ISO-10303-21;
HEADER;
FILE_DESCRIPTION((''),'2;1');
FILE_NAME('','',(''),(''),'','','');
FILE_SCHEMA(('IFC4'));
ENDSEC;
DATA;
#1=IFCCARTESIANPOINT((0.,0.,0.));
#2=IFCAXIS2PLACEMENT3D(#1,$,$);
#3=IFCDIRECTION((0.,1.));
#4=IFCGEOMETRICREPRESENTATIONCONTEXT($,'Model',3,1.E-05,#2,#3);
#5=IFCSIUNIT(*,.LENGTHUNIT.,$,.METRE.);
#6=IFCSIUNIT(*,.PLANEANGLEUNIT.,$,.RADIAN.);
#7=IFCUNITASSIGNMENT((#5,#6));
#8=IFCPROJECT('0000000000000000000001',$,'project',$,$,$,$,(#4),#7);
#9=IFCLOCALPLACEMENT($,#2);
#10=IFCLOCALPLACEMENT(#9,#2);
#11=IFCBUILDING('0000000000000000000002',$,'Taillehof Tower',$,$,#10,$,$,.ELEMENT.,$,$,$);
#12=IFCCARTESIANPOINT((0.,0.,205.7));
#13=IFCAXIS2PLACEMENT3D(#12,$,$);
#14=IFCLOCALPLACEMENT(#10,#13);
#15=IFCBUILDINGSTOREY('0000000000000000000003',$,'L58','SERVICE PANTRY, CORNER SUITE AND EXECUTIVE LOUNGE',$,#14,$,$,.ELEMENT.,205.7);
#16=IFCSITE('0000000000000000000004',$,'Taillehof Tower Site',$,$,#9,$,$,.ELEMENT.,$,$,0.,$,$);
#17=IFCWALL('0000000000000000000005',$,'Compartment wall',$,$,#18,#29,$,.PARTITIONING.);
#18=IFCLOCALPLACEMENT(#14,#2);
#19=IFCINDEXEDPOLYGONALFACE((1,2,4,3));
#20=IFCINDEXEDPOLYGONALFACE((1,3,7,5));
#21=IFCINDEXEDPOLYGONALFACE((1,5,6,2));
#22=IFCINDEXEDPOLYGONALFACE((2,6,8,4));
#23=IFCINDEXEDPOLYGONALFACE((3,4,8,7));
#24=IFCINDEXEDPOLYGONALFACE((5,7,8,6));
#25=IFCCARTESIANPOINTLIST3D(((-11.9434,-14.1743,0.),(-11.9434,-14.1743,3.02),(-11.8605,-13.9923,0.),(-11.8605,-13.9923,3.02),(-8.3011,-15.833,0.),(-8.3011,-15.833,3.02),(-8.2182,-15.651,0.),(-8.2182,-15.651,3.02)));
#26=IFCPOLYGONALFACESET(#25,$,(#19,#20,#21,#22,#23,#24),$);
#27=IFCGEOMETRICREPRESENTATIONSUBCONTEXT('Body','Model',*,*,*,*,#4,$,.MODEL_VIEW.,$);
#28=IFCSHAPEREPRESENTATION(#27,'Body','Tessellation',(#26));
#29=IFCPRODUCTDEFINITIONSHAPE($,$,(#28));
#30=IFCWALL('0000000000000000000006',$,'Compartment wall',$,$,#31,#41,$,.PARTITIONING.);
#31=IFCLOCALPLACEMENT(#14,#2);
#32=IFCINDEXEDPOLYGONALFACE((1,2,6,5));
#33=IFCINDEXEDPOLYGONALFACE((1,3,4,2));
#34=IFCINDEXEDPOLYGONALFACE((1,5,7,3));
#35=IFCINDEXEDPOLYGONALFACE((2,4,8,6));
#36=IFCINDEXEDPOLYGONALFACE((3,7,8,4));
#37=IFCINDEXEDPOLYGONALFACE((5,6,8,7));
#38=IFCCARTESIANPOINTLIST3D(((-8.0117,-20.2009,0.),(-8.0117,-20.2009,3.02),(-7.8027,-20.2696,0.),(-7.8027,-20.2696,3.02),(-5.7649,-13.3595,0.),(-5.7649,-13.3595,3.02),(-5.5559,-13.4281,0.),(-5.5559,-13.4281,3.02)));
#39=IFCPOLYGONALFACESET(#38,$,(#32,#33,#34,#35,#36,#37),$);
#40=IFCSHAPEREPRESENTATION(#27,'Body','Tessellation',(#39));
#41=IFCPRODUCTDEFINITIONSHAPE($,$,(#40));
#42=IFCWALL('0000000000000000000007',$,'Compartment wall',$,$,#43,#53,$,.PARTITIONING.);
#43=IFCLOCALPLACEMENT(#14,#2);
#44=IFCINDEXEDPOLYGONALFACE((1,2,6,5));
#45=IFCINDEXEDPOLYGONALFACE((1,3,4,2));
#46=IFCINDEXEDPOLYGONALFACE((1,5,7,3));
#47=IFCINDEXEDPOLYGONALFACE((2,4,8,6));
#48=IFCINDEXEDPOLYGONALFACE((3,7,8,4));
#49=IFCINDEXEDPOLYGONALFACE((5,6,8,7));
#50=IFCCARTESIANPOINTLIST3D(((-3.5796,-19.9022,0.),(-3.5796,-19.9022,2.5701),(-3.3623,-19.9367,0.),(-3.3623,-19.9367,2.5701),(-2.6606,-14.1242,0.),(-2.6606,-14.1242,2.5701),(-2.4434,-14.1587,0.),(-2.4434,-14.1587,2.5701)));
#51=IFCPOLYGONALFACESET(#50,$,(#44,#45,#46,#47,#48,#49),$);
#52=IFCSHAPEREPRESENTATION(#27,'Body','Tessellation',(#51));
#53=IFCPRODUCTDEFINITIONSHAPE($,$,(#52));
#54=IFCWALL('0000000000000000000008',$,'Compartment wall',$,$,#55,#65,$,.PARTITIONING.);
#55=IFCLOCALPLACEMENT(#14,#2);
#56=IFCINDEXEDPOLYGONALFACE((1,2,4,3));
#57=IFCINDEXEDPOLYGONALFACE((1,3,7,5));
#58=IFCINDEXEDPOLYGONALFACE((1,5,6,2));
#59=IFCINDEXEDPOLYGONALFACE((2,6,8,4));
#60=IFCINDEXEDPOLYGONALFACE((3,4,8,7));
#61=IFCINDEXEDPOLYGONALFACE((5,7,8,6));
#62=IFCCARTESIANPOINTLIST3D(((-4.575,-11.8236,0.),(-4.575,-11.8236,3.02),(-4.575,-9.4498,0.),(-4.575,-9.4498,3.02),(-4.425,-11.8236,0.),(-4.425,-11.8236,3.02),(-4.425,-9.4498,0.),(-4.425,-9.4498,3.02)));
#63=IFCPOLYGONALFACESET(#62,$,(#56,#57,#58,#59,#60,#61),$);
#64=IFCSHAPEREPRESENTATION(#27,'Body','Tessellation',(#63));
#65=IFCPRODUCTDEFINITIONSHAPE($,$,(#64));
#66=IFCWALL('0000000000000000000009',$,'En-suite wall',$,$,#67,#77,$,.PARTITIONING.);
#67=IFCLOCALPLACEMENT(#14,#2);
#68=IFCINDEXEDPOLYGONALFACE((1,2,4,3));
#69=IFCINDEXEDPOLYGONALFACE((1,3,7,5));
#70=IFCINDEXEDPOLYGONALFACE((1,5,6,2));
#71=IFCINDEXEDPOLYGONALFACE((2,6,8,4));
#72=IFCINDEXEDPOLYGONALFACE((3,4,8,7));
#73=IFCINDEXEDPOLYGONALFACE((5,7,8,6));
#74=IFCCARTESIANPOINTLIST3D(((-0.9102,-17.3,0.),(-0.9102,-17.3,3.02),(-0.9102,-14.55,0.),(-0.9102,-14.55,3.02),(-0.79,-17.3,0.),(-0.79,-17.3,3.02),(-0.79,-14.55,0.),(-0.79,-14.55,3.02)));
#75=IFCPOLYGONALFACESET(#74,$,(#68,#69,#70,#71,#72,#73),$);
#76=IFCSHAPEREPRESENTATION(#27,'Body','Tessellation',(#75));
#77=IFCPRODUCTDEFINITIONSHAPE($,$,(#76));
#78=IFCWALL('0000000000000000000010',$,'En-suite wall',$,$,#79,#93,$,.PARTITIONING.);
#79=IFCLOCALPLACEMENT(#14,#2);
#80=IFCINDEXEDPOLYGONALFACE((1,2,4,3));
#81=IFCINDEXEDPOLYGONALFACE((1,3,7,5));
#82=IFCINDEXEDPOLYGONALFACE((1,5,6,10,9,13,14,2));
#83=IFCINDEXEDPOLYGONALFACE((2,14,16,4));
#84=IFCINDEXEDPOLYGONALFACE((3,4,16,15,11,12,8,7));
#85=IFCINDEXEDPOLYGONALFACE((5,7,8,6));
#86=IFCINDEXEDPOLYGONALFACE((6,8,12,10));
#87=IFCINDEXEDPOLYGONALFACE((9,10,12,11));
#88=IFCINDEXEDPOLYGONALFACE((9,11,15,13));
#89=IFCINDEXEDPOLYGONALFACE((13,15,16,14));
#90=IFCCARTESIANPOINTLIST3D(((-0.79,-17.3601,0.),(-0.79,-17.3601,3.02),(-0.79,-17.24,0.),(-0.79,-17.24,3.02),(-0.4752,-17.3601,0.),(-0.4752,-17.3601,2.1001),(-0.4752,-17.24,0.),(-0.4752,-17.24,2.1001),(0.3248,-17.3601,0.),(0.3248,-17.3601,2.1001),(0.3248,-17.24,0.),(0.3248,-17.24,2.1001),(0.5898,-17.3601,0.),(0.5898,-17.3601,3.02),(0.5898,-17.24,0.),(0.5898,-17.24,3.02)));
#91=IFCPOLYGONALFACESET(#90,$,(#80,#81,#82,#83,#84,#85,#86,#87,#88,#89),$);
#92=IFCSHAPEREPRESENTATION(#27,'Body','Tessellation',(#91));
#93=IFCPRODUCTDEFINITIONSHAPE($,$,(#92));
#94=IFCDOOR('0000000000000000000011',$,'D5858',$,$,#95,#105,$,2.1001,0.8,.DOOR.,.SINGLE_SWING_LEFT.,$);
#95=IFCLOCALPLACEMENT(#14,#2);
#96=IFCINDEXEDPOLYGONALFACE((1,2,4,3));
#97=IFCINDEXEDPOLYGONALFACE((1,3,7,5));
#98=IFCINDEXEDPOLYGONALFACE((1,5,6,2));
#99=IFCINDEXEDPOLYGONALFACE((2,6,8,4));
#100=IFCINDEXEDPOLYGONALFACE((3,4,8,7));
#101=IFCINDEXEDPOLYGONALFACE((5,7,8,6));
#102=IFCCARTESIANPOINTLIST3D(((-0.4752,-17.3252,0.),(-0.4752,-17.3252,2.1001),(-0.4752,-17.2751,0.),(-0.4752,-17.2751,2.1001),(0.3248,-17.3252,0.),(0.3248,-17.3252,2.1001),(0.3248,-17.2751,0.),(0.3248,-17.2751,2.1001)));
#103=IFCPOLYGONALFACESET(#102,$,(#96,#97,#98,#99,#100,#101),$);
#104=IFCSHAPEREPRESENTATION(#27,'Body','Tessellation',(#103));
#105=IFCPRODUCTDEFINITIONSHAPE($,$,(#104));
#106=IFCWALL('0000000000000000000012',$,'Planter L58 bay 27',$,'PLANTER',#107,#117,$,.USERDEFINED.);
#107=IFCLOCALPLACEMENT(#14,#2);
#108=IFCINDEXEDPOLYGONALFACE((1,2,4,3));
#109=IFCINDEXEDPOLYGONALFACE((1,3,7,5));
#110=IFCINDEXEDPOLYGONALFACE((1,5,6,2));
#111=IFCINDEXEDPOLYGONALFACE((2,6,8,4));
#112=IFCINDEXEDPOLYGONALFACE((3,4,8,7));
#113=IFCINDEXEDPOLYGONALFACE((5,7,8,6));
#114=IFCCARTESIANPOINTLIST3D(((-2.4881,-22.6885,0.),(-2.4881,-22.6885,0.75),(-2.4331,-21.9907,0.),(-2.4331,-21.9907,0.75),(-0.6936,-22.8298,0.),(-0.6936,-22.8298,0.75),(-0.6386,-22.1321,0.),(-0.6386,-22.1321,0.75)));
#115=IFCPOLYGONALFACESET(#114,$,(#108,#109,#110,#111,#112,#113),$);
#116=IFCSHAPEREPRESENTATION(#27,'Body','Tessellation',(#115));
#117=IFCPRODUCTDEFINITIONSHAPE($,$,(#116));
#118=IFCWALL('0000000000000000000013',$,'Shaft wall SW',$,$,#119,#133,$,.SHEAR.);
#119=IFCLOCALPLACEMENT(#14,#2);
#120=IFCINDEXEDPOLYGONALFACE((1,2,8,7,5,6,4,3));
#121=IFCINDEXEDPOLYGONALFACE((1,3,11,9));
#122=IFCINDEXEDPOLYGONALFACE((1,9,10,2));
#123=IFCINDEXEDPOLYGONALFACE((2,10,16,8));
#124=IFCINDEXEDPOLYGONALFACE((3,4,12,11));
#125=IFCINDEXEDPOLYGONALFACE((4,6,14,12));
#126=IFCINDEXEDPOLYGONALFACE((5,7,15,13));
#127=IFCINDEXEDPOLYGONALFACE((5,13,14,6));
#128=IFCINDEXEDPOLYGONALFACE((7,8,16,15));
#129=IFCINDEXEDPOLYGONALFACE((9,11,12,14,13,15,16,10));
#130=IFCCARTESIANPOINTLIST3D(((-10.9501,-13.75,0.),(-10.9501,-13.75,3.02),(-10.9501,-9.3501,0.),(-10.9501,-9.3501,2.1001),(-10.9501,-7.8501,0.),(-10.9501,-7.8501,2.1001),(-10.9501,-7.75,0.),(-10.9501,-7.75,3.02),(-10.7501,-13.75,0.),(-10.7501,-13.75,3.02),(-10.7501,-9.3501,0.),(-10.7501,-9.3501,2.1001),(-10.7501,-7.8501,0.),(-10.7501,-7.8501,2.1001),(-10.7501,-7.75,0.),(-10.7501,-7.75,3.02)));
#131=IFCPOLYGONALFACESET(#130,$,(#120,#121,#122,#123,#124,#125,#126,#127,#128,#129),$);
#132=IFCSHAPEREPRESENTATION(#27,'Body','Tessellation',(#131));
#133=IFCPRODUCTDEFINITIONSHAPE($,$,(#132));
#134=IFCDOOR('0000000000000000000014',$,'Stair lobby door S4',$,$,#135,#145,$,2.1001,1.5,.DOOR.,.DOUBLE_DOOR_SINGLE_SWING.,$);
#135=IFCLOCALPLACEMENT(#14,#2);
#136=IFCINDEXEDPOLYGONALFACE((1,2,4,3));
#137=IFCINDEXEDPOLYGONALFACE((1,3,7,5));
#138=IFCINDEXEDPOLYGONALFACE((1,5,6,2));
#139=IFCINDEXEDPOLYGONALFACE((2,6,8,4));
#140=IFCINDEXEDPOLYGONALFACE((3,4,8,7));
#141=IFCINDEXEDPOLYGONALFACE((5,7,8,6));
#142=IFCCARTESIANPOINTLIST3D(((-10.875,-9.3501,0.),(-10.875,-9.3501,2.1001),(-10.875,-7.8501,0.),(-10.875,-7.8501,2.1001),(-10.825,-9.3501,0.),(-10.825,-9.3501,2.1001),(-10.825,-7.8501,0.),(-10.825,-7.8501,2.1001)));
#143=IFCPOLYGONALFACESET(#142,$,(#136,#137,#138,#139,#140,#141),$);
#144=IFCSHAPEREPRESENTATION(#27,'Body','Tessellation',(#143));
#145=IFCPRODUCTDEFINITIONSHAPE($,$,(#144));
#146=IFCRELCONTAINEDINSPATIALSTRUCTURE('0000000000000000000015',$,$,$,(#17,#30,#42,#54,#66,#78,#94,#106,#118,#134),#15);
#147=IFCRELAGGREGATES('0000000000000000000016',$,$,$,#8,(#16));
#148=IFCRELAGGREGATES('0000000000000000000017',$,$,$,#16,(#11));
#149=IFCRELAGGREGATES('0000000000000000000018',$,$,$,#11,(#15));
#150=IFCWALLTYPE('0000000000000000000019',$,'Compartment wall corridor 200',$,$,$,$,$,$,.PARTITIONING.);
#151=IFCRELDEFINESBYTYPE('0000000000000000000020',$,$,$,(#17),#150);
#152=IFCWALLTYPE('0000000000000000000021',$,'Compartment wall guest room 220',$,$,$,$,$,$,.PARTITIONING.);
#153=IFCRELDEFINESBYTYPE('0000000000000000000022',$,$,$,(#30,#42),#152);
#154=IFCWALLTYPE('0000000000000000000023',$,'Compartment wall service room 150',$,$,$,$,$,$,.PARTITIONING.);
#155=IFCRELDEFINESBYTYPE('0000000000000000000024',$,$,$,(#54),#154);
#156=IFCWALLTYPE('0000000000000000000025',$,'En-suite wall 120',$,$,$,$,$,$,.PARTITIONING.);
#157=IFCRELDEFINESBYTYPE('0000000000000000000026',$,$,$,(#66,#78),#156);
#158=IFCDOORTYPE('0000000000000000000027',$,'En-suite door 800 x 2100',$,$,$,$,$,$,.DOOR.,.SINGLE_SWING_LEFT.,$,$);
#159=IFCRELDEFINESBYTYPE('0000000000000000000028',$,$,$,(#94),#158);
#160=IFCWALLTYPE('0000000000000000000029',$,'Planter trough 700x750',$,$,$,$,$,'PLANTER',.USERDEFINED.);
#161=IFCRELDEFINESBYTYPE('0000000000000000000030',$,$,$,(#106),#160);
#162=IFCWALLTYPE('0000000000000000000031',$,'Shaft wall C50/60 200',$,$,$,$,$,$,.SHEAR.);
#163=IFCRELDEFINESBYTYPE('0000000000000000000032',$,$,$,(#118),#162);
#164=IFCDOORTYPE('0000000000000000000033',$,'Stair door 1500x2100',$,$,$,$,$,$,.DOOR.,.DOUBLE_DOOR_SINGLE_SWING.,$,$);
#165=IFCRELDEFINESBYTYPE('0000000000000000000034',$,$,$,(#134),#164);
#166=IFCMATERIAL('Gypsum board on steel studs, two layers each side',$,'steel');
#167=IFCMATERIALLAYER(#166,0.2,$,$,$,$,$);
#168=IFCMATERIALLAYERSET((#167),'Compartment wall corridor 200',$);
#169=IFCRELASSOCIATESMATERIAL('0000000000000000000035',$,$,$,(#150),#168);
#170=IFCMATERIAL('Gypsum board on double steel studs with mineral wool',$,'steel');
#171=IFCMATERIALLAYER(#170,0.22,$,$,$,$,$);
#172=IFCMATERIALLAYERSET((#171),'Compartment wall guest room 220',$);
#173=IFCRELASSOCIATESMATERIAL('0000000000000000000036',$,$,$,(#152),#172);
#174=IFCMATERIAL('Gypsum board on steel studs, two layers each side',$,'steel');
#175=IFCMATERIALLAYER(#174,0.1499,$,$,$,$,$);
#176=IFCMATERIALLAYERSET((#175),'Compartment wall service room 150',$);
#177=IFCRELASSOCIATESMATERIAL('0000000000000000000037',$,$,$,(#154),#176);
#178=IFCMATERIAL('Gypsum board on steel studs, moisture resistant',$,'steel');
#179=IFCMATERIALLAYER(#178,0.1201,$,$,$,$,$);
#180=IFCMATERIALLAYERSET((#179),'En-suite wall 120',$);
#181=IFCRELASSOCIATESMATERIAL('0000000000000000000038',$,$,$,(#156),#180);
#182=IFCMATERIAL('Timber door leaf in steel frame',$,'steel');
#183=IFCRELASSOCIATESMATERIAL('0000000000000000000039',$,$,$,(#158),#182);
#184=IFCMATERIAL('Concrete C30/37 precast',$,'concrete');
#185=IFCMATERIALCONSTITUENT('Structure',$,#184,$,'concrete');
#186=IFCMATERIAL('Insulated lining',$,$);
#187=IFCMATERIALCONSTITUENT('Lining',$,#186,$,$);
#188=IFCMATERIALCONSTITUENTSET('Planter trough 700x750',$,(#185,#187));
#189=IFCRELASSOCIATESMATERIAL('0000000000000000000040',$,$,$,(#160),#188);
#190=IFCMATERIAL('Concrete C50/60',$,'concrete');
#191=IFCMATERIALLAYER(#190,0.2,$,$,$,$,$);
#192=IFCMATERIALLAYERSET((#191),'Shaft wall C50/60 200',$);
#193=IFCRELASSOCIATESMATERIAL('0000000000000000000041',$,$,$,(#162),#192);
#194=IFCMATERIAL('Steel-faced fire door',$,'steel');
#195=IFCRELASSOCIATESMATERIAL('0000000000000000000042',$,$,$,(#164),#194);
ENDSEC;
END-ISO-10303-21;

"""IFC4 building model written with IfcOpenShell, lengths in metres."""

from ifc_helpers import new_model, si_unit, direction, frame, frame_2d, origin, place, context, subcontext, project, spatial, rectangle, extrude, material, layer, layer_set, constituent, constituent_set, type_object, element, fill, save


model = new_model("IFC4")

# Units and contexts
model_context = context("Model", 3, precision=1e-05, world=origin(), true_north=direction((0.0, 1.0)))
body_context = subcontext(model_context, "Body", "Model", "MODEL_VIEW")
ifc_project = project(units=[si_unit("LENGTHUNIT", "METRE"), si_unit("PLANEANGLEUNIT", "RADIAN")], contexts=[model_context])

# Site, building, storey
site_placement = place(None, origin())
site = spatial("IfcSite", under=ifc_project, at=site_placement, Name="Taillehof Tower Site", CompositionType="ELEMENT", RefElevation=0.0)
building_placement = place(site_placement, origin())
building = spatial("IfcBuilding", under=site, at=building_placement, Name="Taillehof Tower", CompositionType="ELEMENT")
storey_placement = place(building_placement, frame((0.0, 0.0, 205.7)))
storey = spatial("IfcBuildingStorey", under=building, at=storey_placement, Name="L58", Description="SERVICE PANTRY, CORNER SUITE AND EXECUTIVE LOUNGE", CompositionType="ELEMENT", Elevation=205.7)

# Walls
ifc_material_1 = material(Name="Gypsum board on steel studs, two layers each side", Category="steel")
ifc_layer_1 = layer(ifc_material_1, 0.2)
ifc_layer_set_1 = layer_set([ifc_layer_1], Name="Compartment wall corridor 200")
wall_type_1 = type_object("IfcWallType", Name="Compartment wall corridor 200", PredefinedType="PARTITIONING", material=ifc_layer_set_1)
wall_1_placement = place(storey_placement, frame((-8.2598, -15.7419, 0.0), z_axis=(0.0, 0.0, 1.0), x_axis=(-0.910076, 0.414442, 0.0)))
element("IfcWall", 1, at=wall_1_placement, inside=storey, type_object=wall_type_1, Name="Compartment wall", PredefinedType="PARTITIONING", context=body_context, shape_type="SweptSolid", body=[
    extrude(rectangle(XDim=4.0022, YDim=0.2, at=frame_2d((2.001, 0.0))), origin(), (0.0, 0.0, 1.0), 3.02),
])
ifc_material_2 = material(Name="Gypsum board on double steel studs with mineral wool", Category="steel")
ifc_layer_2 = layer(ifc_material_2, 0.22)
ifc_layer_set_2 = layer_set([ifc_layer_2], Name="Compartment wall guest room 220")
wall_type_2 = type_object("IfcWallType", Name="Compartment wall guest room 220", PredefinedType="PARTITIONING", material=ifc_layer_set_2)
wall_2_placement = place(storey_placement, frame((-7.9072, -20.2354, 0.0), z_axis=(0.0, 0.0, 1.0), x_axis=(0.312014, 0.950078, 0.0)))
element("IfcWall", 2, at=wall_2_placement, inside=storey, type_object=wall_type_2, Name="Compartment wall", PredefinedType="PARTITIONING", context=body_context, shape_type="SweptSolid", body=[
    extrude(rectangle(XDim=7.2009, YDim=0.22, at=frame_2d((3.6006, 0.0))), origin(), (0.0, 0.0, 1.0), 3.02),
])
wall_3_placement = place(storey_placement, frame((-3.4709, -19.9194, 0.0), z_axis=(0.0, 0.0, 1.0), x_axis=(0.157066, 0.987588, 0.0)))
element("IfcWall", 3, at=wall_3_placement, inside=storey, type_object=wall_type_2, Name="Compartment wall", PredefinedType="PARTITIONING", context=body_context, shape_type="SweptSolid", body=[
    extrude(rectangle(XDim=5.8506, YDim=0.22, at=frame_2d((2.9253, 0.0))), origin(), (0.0, 0.0, 1.0), 2.5701),
])
ifc_material_3 = material(Name="Gypsum board on steel studs, two layers each side", Category="steel")
ifc_layer_3 = layer(ifc_material_3, 0.1499)
ifc_layer_set_3 = layer_set([ifc_layer_3], Name="Compartment wall service room 150")
wall_type_3 = type_object("IfcWallType", Name="Compartment wall service room 150", PredefinedType="PARTITIONING", material=ifc_layer_set_3)
wall_4_placement = place(storey_placement, frame((-4.5, -11.8237, 0.0), z_axis=(0.0, 0.0, 1.0), x_axis=(0.0, 1.0, 0.0)))
element("IfcWall", 4, at=wall_4_placement, inside=storey, type_object=wall_type_3, Name="Compartment wall", PredefinedType="PARTITIONING", context=body_context, shape_type="SweptSolid", body=[
    extrude(rectangle(XDim=2.3738, YDim=0.1499, at=frame_2d((1.187, 0.0))), origin(), (0.0, 0.0, 1.0), 3.02),
])
ifc_material_4 = material(Name="Gypsum board on steel studs, moisture resistant", Category="steel")
ifc_layer_4 = layer(ifc_material_4, 0.1201)
ifc_layer_set_4 = layer_set([ifc_layer_4], Name="En-suite wall 120")
wall_type_4 = type_object("IfcWallType", Name="En-suite wall 120", PredefinedType="PARTITIONING", material=ifc_layer_set_4)
wall_5_placement = place(storey_placement, frame((-0.8501, -14.55, 0.0), z_axis=(0.0, 0.0, 1.0), x_axis=(0.0, -1.0, 0.0)))
element("IfcWall", 5, at=wall_5_placement, inside=storey, type_object=wall_type_4, Name="En-suite wall", PredefinedType="PARTITIONING", context=body_context, shape_type="SweptSolid", body=[
    extrude(rectangle(XDim=2.75, YDim=0.1201, at=frame_2d((1.375, 0.0))), origin(), (0.0, 0.0, 1.0), 3.02),
])

# Wall, opening, door
wall_6_placement = place(storey_placement, frame((-0.79, -17.3, 0.0), z_axis=(0.0, 0.0, 1.0), x_axis=(1.0, 0.0, 0.0)))
wall_6 = element("IfcWall", 6, at=wall_6_placement, inside=storey, type_object=wall_type_4, Name="En-suite wall", PredefinedType="PARTITIONING", context=body_context, shape_type="SweptSolid", body=[
    extrude(rectangle(XDim=1.3799, YDim=0.1201, at=frame_2d((0.6899, 0.0))), origin(), (0.0, 0.0, 1.0), 3.02),
])
opening_1_placement = place(wall_6_placement, frame((0.3149, 0.0, 0.0)))
opening_1 = element("IfcOpeningElement", 7, at=opening_1_placement, cuts=wall_6, PredefinedType="OPENING", context=body_context, shape_type="SweptSolid", body=[
    extrude(rectangle(XDim=0.8, YDim=2.1001, at=frame_2d((0.3999, 1.05))), frame((0.0, 0.0701, 0.0), z_axis=(0.0, -1.0, 0.0), x_axis=(1.0, 0.0, 0.0)), (0.0, 0.0, 1.0), 0.1401),
])
ifc_material_5 = material(Name="Timber door leaf in steel frame", Category="steel")
door_type_1 = type_object("IfcDoorType", Name="En-suite door 800 x 2100", OperationType="SINGLE_SWING_LEFT", PredefinedType="DOOR", material=ifc_material_5)
door_1_placement = place(opening_1_placement, origin())
door_1 = element("IfcDoor", 8, at=door_1_placement, inside=storey, type_object=door_type_1, Name="D5858", OperationType="SINGLE_SWING_LEFT", OverallHeight=2.1001, OverallWidth=0.8, PredefinedType="DOOR", context=body_context, shape_type="SweptSolid", body=[
    extrude(rectangle(XDim=0.8, YDim=2.1001, at=frame_2d((0.3999, 1.05))), frame((0.0, 0.0249, 0.0), z_axis=(0.0, -1.0, 0.0), x_axis=(1.0, 0.0, 0.0)), (0.0, 0.0, 1.0), 0.05),
])
fill(opening_1, door_1)

# Wall
ifc_material_6 = material(Name="Concrete C30/37 precast", Category="concrete")
ifc_constituent_1 = constituent(ifc_material_6, Name="Structure", Category="concrete")
ifc_material_7 = material(Name="Insulated lining")
ifc_constituent_2 = constituent(ifc_material_7, Name="Lining")
ifc_constituent_set = constituent_set(constituents=[ifc_constituent_1, ifc_constituent_2], Name="Planter trough 700x750")
wall_type_5 = type_object("IfcWallType", Name="Planter trough 700x750", ElementType="PLANTER", PredefinedType="USERDEFINED", material=ifc_constituent_set)
wall_7_placement = place(storey_placement, frame((-2.4604, -22.3396, 0.0), z_axis=(0.0, 0.0, 1.0), x_axis=(0.996912, -0.078532, 0.0)))
element("IfcWall", 9, at=wall_7_placement, inside=storey, type_object=wall_type_5, Name="Planter L58 bay 27", ObjectType="PLANTER", PredefinedType="USERDEFINED", context=body_context, shape_type="SweptSolid", body=[
    extrude(rectangle(XDim=1.8, YDim=0.7, at=frame_2d((0.8999, 0.0))), origin(), (0.0, 0.0, 1.0), 0.75),
])

# Wall, opening, door
ifc_material_8 = material(Name="Concrete C50/60", Category="concrete")
ifc_layer_5 = layer(ifc_material_8, 0.2)
ifc_layer_set_5 = layer_set([ifc_layer_5], Name="Shaft wall C50/60 200")
wall_type_6 = type_object("IfcWallType", Name="Shaft wall C50/60 200", PredefinedType="SHEAR", material=ifc_layer_set_5)
wall_8_placement = place(storey_placement, frame((-10.8501, -13.75, 0.0), z_axis=(0.0, 0.0, 1.0), x_axis=(0.0, 1.0, 0.0)))
wall_8 = element("IfcWall", 10, at=wall_8_placement, inside=storey, type_object=wall_type_6, Name="Shaft wall SW", PredefinedType="SHEAR", context=body_context, shape_type="SweptSolid", body=[
    extrude(rectangle(XDim=6.0, YDim=0.2, at=frame_2d((3.0, 0.0))), origin(), (0.0, 0.0, 1.0), 3.02),
])
opening_2_placement = place(wall_8_placement, frame((4.3999, 0.0, 0.0)))
opening_2 = element("IfcOpeningElement", 11, at=opening_2_placement, cuts=wall_8, PredefinedType="OPENING", context=body_context, shape_type="SweptSolid", body=[
    extrude(rectangle(XDim=1.5, YDim=2.1001, at=frame_2d((0.75, 1.05))), frame((0.0, 0.1099, 0.0), z_axis=(0.0, -1.0, 0.0), x_axis=(1.0, 0.0, 0.0)), (0.0, 0.0, 1.0), 0.22),
])
ifc_material_9 = material(Name="Steel-faced fire door", Category="steel")
door_type_2 = type_object("IfcDoorType", Name="Stair door 1500x2100", OperationType="DOUBLE_DOOR_SINGLE_SWING", PredefinedType="DOOR", material=ifc_material_9)
door_2_placement = place(opening_2_placement, origin())
door_2 = element("IfcDoor", 12, at=door_2_placement, inside=storey, type_object=door_type_2, Name="Stair lobby door S4", OperationType="DOUBLE_DOOR_SINGLE_SWING", OverallHeight=2.1001, OverallWidth=1.5, PredefinedType="DOOR", context=body_context, shape_type="SweptSolid", body=[
    extrude(rectangle(XDim=1.5, YDim=2.1001, at=frame_2d((0.75, 1.05))), frame((0.0, 0.0249, 0.0), z_axis=(0.0, -1.0, 0.0), x_axis=(1.0, 0.0, 0.0)), (0.0, 0.0, 1.0), 0.05),
])
fill(opening_2, door_2)

save(model, "model.ifc")
